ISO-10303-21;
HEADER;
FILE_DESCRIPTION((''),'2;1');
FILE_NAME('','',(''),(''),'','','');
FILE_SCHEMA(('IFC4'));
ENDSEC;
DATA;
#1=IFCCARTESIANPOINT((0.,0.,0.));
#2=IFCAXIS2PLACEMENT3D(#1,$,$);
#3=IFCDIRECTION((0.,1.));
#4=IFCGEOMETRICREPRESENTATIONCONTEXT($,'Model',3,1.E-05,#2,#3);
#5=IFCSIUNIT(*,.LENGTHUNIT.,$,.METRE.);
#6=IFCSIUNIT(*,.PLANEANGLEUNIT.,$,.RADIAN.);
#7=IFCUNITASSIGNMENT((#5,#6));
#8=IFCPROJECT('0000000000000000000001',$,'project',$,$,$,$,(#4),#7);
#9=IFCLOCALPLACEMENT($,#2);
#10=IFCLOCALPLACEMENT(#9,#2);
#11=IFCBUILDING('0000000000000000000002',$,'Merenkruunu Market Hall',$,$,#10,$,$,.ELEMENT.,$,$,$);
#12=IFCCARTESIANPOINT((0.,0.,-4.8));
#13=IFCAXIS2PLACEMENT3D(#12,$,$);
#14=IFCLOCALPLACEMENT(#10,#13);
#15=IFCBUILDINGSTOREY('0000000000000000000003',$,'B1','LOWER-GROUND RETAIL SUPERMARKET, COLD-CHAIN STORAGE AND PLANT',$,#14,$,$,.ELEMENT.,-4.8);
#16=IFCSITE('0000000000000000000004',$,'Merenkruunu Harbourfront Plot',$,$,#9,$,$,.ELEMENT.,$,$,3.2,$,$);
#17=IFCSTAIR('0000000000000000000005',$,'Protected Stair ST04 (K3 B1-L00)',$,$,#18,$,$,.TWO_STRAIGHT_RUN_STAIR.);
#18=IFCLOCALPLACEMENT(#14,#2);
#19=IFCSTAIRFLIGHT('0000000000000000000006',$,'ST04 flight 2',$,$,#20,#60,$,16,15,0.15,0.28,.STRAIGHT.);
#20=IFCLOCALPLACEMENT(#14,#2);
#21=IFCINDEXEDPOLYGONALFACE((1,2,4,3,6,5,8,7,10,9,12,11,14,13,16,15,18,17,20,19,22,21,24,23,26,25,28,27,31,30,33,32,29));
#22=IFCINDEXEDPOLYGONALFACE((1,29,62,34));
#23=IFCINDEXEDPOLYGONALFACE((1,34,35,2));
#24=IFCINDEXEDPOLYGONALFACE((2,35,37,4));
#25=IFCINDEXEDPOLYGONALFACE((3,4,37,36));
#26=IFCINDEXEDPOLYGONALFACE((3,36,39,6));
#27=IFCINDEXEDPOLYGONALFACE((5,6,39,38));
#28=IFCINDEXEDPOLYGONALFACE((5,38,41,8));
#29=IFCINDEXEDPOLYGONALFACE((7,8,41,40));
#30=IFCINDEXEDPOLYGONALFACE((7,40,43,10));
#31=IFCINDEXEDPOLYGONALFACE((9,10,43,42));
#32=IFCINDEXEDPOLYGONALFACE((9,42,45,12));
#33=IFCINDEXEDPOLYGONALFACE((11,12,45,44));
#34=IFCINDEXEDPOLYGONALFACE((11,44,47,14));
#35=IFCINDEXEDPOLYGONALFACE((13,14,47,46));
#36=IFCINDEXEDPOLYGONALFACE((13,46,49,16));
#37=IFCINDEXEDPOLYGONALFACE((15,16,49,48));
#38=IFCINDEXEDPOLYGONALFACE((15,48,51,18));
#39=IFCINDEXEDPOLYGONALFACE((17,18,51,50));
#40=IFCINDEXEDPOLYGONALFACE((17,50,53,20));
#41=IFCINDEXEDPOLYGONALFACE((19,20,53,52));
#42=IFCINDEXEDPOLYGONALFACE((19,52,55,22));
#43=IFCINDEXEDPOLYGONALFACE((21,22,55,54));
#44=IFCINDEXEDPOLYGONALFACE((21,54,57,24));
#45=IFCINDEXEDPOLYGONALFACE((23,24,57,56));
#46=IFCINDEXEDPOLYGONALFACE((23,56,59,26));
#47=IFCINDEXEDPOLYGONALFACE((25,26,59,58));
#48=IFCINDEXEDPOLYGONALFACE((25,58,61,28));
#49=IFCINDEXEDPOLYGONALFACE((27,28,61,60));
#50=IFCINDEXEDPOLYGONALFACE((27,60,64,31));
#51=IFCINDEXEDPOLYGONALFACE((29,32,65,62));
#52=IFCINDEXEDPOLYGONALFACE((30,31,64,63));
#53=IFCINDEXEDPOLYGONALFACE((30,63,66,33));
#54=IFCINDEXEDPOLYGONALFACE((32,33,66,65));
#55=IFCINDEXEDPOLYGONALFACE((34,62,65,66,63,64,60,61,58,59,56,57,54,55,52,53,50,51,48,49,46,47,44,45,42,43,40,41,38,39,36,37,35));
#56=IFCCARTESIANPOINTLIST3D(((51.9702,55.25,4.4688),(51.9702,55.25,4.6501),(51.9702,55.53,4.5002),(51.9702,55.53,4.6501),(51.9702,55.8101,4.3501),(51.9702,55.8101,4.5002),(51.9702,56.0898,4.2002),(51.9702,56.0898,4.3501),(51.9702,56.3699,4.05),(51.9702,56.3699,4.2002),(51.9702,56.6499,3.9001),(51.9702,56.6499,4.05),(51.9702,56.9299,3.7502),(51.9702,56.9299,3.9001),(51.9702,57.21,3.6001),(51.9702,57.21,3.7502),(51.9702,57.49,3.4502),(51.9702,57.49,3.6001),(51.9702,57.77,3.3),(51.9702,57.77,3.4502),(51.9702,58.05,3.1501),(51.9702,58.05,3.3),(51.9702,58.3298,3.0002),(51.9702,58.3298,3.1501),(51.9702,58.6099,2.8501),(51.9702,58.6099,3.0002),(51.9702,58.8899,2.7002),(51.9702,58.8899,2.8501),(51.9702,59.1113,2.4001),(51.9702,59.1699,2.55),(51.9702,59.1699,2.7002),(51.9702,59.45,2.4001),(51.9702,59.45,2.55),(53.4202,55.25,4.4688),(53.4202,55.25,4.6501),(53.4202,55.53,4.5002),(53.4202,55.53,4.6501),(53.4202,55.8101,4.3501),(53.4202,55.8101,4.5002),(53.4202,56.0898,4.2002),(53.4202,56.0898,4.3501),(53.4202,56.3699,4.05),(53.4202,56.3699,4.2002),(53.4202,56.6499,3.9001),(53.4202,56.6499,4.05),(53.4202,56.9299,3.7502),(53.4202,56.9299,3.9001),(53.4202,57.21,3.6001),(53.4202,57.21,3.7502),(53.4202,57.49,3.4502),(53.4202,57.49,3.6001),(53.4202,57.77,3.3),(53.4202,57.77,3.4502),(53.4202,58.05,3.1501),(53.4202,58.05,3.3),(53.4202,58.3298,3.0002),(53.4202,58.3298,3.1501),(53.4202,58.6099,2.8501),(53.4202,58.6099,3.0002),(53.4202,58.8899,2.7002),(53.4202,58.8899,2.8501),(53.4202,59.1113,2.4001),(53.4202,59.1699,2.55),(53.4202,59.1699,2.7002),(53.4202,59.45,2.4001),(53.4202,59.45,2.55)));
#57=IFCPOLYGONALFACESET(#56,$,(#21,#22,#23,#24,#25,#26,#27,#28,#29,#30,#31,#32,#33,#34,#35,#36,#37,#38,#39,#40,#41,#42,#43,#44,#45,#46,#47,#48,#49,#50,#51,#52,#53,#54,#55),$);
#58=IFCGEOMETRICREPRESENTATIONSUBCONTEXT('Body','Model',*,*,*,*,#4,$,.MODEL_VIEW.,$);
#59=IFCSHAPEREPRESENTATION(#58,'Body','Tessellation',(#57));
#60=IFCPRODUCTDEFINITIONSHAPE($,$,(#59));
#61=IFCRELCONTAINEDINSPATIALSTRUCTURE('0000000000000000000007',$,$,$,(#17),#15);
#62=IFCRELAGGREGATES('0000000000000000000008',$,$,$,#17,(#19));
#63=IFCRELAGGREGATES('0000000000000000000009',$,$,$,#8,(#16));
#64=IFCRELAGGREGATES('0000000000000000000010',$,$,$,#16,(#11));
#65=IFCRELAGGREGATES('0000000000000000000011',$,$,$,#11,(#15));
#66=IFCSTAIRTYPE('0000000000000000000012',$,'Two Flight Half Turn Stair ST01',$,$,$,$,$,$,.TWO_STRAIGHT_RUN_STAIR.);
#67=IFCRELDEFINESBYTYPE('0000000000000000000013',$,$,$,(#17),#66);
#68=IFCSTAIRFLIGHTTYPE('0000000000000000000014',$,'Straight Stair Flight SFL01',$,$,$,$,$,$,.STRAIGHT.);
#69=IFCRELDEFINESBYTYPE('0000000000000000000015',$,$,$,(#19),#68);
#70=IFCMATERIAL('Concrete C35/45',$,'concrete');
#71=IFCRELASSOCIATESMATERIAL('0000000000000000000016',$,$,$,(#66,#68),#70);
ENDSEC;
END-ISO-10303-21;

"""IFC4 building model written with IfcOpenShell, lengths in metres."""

from ifc_helpers import new_model, si_unit, direction, frame, origin, place, context, subcontext, project, spatial, polyline, outline, extrude, material, type_object, element, aggregate, save


model = new_model("IFC4")

# Units and contexts
model_context = context("Model", 3, precision=1e-05, world=origin(), true_north=direction((0.0, 1.0)))
body_context = subcontext(model_context, "Body", "Model", "MODEL_VIEW")
ifc_project = project(units=[si_unit("LENGTHUNIT", "METRE"), si_unit("PLANEANGLEUNIT", "RADIAN")], contexts=[model_context])

# Site, building, storey
site_placement = place(None, origin())
site = spatial("IfcSite", under=ifc_project, at=site_placement, Name="Merenkruunu Harbourfront Plot", CompositionType="ELEMENT", RefElevation=3.2)
building_placement = place(site_placement, origin())
building = spatial("IfcBuilding", under=site, at=building_placement, Name="Merenkruunu Market Hall", CompositionType="ELEMENT")
storey_placement = place(building_placement, frame((0.0, 0.0, -4.8)))
storey = spatial("IfcBuildingStorey", under=building, at=storey_placement, Name="B1", Description="LOWER-GROUND RETAIL SUPERMARKET, COLD-CHAIN STORAGE AND PLANT", CompositionType="ELEMENT", Elevation=-4.8)

# Shared definitions
ifc_material_1 = material(Name="Concrete C35/45", Category="concrete")

# Stair, stair flight
stair_type = type_object("IfcStairType", Name="Two Flight Half Turn Stair ST01", PredefinedType="TWO_STRAIGHT_RUN_STAIR", material=ifc_material_1)
stair_placement = place(storey_placement, origin())
stair = element("IfcStair", 1, at=stair_placement, inside=storey, type_object=stair_type, Name="Protected Stair ST04 (K3 B1-L00)", PredefinedType="TWO_STRAIGHT_RUN_STAIR")
stair_flight_type = type_object("IfcStairFlightType", Name="Straight Stair Flight SFL01", PredefinedType="STRAIGHT", material=ifc_material_1)
stair_flight_1_placement = place(storey_placement, frame((52.6951, 59.45, 2.4001), z_axis=(0.0, 0.0, 1.0), x_axis=(0.0, -1.0, 0.0)))
stair_flight_1 = element("IfcStairFlight", 2, at=stair_flight_1_placement, type_object=stair_flight_type, Name="ST04 flight 2", NumberOfRisers=16, NumberOfTreads=15, PredefinedType="STRAIGHT", RiserHeight=0.15, TreadLength=0.28, context=body_context, shape_type="SweptSolid", body=[
    extrude(outline(polyline([(0.0, 0.0), (0.0, 0.1499), (0.28, 0.1499), (0.28, 0.3), (0.5601, 0.3), (0.5601, 0.45), (0.8401, 0.45), (0.8401, 0.6001), (1.1201, 0.6001), (1.1201, 0.75), (1.3999, 0.75), (1.3999, 0.8999), (1.6799, 0.8999), (1.6799, 1.05), (1.96, 1.05), (1.96, 1.2), (2.24, 1.2), (2.24, 1.3501), (2.52, 1.3501), (2.52, 1.5), (2.8, 1.5), (2.8, 1.6499), (3.0801, 1.6499), (3.0801, 1.8), (3.3601, 1.8), (3.3601, 1.95), (3.6399, 1.95), (3.6399, 2.1001), (3.9199, 2.1001), (3.9199, 2.25), (4.2, 2.25), (4.2, 2.3999), (4.2, 2.0686), (0.3386, 0.0), (0.0, 0.0)])), frame((0.0, 0.7251, 0.0), z_axis=(0.0, -1.0, 0.0), x_axis=(1.0, 0.0, 0.0)), (0.0, 0.0, 1.0), 1.45),
])
aggregate(stair, [stair_flight_1])

save(model, "model.ifc")
